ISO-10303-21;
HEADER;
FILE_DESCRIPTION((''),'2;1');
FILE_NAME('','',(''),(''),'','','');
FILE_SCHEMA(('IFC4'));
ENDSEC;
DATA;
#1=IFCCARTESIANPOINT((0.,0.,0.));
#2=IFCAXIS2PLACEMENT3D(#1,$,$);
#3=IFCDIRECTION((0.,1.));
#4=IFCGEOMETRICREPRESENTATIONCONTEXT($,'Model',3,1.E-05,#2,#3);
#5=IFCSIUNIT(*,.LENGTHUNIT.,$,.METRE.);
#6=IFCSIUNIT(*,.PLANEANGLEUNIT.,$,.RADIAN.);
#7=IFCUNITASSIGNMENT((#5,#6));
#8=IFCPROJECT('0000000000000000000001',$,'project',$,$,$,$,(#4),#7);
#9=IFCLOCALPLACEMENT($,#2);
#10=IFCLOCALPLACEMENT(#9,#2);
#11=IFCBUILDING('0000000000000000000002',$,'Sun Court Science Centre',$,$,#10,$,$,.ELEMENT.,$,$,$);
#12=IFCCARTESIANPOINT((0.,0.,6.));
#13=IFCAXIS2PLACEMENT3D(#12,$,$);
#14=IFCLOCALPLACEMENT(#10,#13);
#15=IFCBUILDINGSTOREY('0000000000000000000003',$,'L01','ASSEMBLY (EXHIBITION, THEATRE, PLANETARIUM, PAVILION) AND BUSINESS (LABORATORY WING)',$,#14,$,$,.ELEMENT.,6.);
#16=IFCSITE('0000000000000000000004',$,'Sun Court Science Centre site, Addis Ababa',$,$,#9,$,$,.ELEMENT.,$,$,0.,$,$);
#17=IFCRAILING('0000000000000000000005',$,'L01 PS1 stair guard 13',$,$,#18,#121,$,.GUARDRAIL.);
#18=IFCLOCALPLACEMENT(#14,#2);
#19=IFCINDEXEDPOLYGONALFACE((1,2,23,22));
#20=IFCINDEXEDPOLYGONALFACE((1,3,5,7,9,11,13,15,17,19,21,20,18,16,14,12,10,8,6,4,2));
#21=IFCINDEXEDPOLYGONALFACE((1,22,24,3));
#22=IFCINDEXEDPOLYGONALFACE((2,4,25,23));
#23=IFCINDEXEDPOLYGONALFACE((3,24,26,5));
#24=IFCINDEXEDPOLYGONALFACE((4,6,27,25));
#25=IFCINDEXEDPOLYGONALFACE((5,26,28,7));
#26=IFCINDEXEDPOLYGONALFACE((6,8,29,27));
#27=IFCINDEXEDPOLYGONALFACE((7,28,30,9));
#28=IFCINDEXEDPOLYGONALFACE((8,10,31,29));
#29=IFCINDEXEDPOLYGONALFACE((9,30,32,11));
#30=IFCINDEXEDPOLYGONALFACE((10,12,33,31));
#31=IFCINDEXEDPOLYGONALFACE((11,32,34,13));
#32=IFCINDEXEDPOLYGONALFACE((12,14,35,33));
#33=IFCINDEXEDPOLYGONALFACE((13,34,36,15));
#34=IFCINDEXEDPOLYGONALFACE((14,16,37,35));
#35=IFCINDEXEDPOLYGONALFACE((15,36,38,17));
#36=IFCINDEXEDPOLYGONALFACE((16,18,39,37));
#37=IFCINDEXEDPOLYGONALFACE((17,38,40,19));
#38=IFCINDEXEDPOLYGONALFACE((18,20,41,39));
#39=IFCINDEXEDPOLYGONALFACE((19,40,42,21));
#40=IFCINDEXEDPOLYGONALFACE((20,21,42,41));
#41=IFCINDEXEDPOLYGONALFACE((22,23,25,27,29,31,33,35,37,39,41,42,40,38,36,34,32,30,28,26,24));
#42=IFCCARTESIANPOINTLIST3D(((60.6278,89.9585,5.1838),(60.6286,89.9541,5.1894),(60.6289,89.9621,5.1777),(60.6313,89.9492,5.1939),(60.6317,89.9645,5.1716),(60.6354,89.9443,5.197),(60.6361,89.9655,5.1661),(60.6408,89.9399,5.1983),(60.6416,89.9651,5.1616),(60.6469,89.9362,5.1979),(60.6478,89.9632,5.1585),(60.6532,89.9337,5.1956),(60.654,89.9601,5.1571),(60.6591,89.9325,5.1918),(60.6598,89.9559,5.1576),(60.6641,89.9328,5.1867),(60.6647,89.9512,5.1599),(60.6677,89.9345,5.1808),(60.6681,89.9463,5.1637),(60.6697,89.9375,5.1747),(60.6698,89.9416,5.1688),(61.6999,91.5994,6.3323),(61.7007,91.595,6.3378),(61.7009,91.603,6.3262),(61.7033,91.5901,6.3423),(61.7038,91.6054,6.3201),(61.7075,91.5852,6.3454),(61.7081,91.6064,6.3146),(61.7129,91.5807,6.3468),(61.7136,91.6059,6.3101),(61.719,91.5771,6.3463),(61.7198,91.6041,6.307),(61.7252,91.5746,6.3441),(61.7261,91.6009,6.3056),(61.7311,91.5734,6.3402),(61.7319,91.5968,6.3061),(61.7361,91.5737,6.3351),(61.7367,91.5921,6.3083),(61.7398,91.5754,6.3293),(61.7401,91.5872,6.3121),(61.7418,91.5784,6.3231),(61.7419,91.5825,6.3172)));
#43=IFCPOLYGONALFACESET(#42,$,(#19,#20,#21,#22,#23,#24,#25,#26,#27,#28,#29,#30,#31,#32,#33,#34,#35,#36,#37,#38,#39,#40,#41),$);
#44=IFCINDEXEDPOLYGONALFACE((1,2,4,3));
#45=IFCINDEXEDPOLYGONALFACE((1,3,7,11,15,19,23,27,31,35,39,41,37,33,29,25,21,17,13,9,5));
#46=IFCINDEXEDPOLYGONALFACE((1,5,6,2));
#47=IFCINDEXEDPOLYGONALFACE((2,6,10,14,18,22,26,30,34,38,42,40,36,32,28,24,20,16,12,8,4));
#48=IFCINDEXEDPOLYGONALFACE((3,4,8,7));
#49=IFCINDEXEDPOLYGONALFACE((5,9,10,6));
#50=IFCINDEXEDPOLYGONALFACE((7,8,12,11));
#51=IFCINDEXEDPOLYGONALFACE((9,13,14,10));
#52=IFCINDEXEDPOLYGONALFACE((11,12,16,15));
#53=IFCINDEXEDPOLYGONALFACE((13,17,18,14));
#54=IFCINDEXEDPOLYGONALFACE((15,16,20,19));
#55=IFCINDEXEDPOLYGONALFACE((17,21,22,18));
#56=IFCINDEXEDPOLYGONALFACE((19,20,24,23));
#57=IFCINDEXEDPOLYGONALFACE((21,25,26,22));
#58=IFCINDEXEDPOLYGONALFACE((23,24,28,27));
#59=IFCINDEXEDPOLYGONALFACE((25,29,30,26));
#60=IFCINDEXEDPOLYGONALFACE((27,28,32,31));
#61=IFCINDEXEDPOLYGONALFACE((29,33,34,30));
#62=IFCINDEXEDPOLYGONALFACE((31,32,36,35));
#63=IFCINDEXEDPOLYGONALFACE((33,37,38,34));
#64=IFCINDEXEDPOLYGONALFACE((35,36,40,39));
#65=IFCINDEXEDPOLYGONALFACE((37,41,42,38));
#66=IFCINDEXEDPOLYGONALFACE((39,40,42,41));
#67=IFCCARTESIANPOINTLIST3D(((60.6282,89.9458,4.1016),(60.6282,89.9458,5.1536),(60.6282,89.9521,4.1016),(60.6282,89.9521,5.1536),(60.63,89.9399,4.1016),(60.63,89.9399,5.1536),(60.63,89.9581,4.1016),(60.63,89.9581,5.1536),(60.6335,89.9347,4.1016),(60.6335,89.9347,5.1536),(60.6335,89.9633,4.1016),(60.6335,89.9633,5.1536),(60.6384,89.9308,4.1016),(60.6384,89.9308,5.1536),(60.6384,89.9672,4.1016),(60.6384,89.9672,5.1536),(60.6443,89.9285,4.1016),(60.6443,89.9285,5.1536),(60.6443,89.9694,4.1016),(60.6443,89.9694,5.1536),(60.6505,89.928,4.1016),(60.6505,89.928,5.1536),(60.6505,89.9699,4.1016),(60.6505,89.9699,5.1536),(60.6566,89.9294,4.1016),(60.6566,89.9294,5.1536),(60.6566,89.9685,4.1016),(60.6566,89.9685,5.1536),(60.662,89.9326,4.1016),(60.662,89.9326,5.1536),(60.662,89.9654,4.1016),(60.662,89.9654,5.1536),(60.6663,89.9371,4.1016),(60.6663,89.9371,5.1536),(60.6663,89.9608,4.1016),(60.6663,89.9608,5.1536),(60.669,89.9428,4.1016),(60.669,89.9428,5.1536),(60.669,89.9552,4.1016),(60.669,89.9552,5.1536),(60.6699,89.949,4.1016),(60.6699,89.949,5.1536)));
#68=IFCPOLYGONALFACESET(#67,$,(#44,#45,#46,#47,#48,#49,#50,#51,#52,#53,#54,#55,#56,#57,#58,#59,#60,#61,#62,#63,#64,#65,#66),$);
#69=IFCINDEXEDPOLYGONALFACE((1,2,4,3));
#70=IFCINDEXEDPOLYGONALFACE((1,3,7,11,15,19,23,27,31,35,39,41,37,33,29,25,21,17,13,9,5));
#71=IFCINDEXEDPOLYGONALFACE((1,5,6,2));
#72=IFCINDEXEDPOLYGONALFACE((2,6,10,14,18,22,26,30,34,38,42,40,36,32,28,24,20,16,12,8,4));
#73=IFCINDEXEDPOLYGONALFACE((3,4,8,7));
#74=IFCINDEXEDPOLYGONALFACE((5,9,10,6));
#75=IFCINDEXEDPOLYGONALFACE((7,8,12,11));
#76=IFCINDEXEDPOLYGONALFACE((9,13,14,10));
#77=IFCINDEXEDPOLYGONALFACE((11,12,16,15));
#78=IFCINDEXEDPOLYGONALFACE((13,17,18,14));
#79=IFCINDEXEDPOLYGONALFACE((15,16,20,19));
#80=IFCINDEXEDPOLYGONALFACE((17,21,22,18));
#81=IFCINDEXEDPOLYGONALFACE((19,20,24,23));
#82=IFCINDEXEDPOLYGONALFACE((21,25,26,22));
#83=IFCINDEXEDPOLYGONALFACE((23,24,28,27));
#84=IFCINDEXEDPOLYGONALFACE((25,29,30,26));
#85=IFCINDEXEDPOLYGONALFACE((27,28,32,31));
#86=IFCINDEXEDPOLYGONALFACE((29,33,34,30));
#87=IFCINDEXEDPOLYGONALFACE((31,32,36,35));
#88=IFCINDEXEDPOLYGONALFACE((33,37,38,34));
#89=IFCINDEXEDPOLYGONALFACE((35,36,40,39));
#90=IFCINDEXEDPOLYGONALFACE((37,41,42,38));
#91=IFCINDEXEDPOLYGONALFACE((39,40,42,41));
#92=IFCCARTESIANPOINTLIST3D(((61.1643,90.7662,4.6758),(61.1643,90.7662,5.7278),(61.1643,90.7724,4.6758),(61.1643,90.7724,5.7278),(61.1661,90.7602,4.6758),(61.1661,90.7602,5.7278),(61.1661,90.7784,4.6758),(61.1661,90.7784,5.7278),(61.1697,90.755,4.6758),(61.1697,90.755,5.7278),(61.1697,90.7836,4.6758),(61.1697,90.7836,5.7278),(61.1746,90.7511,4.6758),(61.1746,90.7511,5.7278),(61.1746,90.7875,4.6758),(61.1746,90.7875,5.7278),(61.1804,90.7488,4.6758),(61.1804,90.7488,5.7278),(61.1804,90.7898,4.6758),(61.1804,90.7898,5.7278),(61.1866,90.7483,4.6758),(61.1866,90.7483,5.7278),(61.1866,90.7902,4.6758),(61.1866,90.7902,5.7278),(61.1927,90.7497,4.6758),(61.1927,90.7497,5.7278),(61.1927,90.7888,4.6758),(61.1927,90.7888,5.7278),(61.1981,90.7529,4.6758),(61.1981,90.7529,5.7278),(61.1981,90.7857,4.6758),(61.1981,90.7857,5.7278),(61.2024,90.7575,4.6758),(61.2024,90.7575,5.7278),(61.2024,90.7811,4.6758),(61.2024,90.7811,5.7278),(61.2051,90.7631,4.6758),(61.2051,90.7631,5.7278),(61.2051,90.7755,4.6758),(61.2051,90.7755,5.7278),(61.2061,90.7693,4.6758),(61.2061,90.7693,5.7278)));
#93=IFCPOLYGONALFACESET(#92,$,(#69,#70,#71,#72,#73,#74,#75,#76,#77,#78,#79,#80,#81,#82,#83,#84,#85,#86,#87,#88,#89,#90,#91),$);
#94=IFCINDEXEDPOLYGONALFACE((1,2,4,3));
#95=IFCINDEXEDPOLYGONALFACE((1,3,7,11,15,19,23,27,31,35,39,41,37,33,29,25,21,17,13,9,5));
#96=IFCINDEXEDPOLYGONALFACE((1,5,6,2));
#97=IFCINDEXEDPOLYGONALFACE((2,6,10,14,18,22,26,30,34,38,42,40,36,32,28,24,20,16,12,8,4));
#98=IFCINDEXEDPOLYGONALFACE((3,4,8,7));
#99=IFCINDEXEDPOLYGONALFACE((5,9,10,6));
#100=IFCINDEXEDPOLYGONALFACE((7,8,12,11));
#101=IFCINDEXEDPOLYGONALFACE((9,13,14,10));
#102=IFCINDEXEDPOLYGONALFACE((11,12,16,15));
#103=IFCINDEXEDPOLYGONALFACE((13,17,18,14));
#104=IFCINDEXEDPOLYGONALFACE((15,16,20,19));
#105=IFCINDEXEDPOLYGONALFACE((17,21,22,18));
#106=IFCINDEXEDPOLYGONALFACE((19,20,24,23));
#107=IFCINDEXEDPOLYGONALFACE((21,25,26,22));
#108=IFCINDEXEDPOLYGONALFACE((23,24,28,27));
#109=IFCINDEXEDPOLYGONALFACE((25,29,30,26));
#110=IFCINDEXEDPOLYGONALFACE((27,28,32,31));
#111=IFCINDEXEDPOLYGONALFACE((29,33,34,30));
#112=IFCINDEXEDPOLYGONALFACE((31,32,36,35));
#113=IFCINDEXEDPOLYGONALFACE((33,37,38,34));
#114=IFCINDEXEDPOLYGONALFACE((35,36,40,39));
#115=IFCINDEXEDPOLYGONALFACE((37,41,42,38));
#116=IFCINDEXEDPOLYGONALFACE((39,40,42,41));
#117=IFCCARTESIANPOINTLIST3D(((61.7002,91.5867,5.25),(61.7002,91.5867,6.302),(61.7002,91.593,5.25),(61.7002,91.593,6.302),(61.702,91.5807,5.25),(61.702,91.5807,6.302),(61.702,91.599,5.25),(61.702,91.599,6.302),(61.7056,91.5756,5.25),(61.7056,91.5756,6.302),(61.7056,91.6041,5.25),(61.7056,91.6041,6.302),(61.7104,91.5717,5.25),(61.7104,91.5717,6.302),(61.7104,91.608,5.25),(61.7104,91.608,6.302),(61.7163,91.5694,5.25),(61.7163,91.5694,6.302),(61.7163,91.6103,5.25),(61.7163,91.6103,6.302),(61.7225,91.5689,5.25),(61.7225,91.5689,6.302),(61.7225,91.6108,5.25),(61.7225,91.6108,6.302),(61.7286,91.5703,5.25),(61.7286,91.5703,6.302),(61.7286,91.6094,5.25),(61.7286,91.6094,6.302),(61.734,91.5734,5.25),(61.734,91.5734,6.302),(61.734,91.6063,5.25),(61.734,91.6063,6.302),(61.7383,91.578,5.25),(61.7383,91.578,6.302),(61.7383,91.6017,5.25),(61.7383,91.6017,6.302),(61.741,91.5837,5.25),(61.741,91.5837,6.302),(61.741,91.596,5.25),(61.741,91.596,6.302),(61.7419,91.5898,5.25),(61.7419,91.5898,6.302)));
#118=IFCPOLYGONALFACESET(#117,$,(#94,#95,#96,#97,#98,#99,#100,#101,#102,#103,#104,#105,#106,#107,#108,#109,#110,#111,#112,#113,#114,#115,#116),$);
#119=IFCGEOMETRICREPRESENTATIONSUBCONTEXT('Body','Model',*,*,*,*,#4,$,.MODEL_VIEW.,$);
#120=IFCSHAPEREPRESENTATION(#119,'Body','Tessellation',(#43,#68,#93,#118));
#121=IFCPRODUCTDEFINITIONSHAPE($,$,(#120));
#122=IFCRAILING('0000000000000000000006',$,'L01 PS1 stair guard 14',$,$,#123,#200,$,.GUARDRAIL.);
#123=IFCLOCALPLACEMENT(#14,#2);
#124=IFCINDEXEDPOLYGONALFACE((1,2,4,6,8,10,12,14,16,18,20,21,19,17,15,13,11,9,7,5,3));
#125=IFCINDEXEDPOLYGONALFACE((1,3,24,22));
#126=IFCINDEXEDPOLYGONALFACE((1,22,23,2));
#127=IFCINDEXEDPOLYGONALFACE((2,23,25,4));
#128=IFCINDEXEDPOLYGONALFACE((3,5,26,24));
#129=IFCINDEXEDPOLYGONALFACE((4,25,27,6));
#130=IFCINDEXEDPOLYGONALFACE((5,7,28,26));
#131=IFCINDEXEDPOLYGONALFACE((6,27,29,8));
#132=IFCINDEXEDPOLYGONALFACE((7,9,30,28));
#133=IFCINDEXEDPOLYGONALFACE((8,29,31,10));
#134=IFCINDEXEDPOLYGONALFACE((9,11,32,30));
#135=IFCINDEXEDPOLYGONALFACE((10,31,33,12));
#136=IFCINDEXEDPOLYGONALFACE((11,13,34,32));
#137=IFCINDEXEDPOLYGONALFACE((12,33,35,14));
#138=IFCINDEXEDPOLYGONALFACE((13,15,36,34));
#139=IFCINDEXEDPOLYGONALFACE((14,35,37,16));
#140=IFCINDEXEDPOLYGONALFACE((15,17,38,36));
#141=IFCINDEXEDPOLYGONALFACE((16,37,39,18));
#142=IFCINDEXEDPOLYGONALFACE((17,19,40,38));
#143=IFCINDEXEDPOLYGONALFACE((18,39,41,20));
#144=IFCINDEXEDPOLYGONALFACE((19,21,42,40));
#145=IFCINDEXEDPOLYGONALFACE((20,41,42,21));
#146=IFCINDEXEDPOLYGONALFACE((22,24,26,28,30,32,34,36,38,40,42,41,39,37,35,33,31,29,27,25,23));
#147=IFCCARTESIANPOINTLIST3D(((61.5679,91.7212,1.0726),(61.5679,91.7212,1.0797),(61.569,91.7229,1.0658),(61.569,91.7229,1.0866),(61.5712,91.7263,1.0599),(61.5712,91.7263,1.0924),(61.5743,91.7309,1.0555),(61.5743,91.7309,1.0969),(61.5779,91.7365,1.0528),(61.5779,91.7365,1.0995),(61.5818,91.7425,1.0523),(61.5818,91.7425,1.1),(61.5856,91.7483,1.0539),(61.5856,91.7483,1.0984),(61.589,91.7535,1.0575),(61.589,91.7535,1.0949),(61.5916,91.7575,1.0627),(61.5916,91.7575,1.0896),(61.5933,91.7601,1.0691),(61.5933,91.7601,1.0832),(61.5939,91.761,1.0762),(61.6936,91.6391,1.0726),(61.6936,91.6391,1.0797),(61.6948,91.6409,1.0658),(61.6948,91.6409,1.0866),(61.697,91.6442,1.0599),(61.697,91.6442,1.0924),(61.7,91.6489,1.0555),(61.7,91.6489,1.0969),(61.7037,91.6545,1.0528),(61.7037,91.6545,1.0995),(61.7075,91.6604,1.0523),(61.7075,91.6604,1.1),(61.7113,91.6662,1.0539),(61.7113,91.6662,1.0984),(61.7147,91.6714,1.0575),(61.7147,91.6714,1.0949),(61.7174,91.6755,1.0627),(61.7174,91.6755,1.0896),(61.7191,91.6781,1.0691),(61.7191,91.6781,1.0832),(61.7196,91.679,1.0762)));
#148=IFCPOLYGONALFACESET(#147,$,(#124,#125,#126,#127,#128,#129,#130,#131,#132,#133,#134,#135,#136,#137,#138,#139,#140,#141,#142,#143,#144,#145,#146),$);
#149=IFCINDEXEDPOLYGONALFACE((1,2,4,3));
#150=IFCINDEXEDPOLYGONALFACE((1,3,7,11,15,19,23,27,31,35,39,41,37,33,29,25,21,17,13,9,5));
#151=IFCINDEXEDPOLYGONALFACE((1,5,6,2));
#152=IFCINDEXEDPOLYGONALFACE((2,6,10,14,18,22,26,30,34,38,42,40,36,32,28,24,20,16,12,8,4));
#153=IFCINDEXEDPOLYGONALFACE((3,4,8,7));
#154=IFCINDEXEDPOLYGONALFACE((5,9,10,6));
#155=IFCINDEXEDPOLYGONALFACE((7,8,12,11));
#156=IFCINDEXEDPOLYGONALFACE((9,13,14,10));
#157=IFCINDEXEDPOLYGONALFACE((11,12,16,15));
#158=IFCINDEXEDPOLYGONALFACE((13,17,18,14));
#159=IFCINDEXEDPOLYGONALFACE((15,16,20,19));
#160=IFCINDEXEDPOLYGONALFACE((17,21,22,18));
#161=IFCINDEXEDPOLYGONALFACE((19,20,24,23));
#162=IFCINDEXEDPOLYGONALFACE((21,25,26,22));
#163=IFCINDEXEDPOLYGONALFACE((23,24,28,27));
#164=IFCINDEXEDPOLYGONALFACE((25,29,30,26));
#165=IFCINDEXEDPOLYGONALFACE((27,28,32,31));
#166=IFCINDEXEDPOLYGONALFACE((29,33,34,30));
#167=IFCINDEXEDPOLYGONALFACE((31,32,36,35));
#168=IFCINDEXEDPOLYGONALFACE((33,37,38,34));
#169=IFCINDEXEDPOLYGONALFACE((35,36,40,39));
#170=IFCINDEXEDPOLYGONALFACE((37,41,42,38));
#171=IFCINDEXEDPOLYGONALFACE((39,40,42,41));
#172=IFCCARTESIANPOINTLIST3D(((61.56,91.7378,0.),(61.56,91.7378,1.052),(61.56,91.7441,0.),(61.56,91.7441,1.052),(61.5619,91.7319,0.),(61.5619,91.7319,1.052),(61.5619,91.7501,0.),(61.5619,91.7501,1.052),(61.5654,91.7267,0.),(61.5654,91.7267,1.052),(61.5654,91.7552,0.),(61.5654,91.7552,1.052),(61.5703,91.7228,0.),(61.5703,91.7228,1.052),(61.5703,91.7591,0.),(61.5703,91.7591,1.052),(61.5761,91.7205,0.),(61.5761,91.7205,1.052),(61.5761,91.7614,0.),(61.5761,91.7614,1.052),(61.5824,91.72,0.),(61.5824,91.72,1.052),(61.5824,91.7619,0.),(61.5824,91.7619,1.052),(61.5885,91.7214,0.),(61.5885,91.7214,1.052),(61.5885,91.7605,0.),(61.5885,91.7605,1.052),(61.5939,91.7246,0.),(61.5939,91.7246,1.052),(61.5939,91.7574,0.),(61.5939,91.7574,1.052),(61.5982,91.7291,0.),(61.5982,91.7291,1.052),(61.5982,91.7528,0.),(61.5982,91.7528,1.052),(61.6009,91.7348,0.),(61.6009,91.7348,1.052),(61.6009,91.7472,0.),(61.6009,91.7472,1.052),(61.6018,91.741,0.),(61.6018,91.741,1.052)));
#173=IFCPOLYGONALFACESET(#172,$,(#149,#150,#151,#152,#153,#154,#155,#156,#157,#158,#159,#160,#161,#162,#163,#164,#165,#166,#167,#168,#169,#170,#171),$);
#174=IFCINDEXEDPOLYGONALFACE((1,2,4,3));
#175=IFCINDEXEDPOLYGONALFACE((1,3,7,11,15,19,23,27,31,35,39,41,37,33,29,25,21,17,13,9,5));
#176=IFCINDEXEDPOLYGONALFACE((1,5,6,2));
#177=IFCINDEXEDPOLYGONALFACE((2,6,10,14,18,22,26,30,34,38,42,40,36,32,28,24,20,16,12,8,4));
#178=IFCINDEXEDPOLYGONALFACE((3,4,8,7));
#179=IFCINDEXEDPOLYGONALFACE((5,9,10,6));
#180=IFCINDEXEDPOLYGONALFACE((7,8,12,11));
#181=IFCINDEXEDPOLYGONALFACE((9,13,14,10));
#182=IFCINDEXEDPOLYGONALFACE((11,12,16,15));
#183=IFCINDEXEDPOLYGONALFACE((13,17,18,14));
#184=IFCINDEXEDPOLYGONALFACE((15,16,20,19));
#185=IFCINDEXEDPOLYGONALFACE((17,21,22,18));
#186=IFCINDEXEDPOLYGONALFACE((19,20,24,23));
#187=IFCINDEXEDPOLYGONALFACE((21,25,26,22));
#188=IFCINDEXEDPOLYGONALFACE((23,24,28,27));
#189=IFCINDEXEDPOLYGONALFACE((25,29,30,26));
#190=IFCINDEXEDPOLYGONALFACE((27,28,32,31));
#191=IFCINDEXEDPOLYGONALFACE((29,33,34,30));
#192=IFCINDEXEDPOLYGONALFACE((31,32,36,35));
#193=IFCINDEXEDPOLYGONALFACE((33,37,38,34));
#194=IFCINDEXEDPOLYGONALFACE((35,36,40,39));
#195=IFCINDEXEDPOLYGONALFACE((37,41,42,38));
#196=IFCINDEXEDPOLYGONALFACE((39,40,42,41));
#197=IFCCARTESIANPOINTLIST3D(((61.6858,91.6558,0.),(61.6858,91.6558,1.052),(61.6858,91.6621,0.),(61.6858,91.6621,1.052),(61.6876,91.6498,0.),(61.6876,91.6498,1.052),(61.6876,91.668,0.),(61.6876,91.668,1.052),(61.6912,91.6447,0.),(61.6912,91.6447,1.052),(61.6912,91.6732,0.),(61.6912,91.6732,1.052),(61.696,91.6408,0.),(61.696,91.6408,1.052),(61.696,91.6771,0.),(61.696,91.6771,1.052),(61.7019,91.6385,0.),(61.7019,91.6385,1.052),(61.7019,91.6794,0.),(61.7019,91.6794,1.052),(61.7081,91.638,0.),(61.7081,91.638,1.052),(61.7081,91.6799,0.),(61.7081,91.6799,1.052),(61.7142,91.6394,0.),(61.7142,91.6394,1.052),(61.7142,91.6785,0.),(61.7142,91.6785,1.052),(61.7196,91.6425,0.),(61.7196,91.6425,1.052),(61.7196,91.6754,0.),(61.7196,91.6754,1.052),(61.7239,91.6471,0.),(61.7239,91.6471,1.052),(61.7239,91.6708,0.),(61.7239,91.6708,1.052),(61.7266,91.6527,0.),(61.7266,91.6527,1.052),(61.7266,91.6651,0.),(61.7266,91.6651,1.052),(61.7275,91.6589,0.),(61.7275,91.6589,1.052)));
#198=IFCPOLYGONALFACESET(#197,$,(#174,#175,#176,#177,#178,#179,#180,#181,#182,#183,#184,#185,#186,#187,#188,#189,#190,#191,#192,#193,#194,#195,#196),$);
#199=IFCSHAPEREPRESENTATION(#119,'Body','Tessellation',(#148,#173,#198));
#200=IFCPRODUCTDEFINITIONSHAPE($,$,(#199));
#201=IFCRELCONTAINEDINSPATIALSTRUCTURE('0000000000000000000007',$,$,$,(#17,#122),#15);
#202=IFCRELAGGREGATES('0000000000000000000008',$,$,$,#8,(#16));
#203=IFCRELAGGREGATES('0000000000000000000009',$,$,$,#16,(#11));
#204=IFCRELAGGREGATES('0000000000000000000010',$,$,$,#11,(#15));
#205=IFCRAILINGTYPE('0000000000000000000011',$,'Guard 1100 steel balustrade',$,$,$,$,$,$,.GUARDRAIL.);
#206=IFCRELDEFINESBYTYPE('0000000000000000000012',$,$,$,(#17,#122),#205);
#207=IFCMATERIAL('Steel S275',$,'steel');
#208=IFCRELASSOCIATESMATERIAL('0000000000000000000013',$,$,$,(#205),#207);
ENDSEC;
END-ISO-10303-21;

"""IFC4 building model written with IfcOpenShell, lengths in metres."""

from ifc_helpers import new_model, si_unit, direction, frame, origin, origin_2d, place, context, subcontext, project, spatial, circle, extrude, material, type_object, element, save


model = new_model("IFC4")

# Units and contexts
model_context = context("Model", 3, precision=1e-05, world=origin(), true_north=direction((0.0, 1.0)))
body_context = subcontext(model_context, "Body", "Model", "MODEL_VIEW")
ifc_project = project(units=[si_unit("LENGTHUNIT", "METRE"), si_unit("PLANEANGLEUNIT", "RADIAN")], contexts=[model_context])

# Site, building, storey
site_placement = place(None, origin())
site = spatial("IfcSite", under=ifc_project, at=site_placement, Name="Sun Court Science Centre site, Addis Ababa", CompositionType="ELEMENT", RefElevation=0.0)
building_placement = place(site_placement, origin())
building = spatial("IfcBuilding", under=site, at=building_placement, Name="Sun Court Science Centre", CompositionType="ELEMENT")
storey_placement = place(building_placement, frame((0.0, 0.0, 6.0)))
storey = spatial("IfcBuildingStorey", under=building, at=storey_placement, Name="L01", Description="ASSEMBLY (EXHIBITION, THEATRE, PLANETARIUM, PAVILION) AND BUSINESS (LABORATORY WING)", CompositionType="ELEMENT", Elevation=6.0)

# Railings
ifc_material_1 = material(Name="Steel S275", Category="steel")
railing_type_1 = type_object("IfcRailingType", Name="Guard 1100 steel balustrade", PredefinedType="GUARDRAIL", material=ifc_material_1)
railing_1_placement = place(storey_placement, frame((60.6489, 89.949, 4.1016)))
element("IfcRailing", 1, at=railing_1_placement, inside=storey, type_object=railing_type_1, Name="L01 PS1 stair guard 13", PredefinedType="GUARDRAIL", context=body_context, shape_type="SweptSolid", body=[
    extrude(circle(Radius=0.0239, at=origin_2d()), frame((0.0, 0.0, 1.0762), z_axis=(0.471904, 0.722311, 0.505543), x_axis=(-0.837169, 0.546944, 0.0)), (0.0, 0.0, 1.0), 2.2717),
    extrude(circle(Radius=0.021, at=origin_2d()), origin(), (0.0, 0.0, 1.0), 1.052),
    extrude(circle(Radius=0.021, at=origin_2d()), frame((0.5361, 0.8203, 0.5742)), (0.0, 0.0, 1.0), 1.052),
    extrude(circle(Radius=0.021, at=origin_2d()), frame((1.072, 1.6409, 1.1484)), (0.0, 0.0, 1.0), 1.052),
])
railing_2_placement = place(storey_placement, frame((61.5808, 91.741, 0.0)))
element("IfcRailing", 2, at=railing_2_placement, inside=storey, type_object=railing_type_1, Name="L01 PS1 stair guard 14", PredefinedType="GUARDRAIL", context=body_context, shape_type="SweptSolid", body=[
    extrude(circle(Radius=0.0239, at=origin_2d()), frame((0.0, 0.0, 1.0762), z_axis=(0.837514, -0.546417, 0.0), x_axis=(0.546417, 0.837514, 0.0)), (0.0, 0.0, 1.0), 0.1501),
    extrude(circle(Radius=0.021, at=origin_2d()), origin(), (0.0, 0.0, 1.0), 1.052),
    extrude(circle(Radius=0.021, at=origin_2d()), frame((0.1257, -0.082, 0.0)), (0.0, 0.0, 1.0), 1.052),
])

save(model, "model.ifc")
